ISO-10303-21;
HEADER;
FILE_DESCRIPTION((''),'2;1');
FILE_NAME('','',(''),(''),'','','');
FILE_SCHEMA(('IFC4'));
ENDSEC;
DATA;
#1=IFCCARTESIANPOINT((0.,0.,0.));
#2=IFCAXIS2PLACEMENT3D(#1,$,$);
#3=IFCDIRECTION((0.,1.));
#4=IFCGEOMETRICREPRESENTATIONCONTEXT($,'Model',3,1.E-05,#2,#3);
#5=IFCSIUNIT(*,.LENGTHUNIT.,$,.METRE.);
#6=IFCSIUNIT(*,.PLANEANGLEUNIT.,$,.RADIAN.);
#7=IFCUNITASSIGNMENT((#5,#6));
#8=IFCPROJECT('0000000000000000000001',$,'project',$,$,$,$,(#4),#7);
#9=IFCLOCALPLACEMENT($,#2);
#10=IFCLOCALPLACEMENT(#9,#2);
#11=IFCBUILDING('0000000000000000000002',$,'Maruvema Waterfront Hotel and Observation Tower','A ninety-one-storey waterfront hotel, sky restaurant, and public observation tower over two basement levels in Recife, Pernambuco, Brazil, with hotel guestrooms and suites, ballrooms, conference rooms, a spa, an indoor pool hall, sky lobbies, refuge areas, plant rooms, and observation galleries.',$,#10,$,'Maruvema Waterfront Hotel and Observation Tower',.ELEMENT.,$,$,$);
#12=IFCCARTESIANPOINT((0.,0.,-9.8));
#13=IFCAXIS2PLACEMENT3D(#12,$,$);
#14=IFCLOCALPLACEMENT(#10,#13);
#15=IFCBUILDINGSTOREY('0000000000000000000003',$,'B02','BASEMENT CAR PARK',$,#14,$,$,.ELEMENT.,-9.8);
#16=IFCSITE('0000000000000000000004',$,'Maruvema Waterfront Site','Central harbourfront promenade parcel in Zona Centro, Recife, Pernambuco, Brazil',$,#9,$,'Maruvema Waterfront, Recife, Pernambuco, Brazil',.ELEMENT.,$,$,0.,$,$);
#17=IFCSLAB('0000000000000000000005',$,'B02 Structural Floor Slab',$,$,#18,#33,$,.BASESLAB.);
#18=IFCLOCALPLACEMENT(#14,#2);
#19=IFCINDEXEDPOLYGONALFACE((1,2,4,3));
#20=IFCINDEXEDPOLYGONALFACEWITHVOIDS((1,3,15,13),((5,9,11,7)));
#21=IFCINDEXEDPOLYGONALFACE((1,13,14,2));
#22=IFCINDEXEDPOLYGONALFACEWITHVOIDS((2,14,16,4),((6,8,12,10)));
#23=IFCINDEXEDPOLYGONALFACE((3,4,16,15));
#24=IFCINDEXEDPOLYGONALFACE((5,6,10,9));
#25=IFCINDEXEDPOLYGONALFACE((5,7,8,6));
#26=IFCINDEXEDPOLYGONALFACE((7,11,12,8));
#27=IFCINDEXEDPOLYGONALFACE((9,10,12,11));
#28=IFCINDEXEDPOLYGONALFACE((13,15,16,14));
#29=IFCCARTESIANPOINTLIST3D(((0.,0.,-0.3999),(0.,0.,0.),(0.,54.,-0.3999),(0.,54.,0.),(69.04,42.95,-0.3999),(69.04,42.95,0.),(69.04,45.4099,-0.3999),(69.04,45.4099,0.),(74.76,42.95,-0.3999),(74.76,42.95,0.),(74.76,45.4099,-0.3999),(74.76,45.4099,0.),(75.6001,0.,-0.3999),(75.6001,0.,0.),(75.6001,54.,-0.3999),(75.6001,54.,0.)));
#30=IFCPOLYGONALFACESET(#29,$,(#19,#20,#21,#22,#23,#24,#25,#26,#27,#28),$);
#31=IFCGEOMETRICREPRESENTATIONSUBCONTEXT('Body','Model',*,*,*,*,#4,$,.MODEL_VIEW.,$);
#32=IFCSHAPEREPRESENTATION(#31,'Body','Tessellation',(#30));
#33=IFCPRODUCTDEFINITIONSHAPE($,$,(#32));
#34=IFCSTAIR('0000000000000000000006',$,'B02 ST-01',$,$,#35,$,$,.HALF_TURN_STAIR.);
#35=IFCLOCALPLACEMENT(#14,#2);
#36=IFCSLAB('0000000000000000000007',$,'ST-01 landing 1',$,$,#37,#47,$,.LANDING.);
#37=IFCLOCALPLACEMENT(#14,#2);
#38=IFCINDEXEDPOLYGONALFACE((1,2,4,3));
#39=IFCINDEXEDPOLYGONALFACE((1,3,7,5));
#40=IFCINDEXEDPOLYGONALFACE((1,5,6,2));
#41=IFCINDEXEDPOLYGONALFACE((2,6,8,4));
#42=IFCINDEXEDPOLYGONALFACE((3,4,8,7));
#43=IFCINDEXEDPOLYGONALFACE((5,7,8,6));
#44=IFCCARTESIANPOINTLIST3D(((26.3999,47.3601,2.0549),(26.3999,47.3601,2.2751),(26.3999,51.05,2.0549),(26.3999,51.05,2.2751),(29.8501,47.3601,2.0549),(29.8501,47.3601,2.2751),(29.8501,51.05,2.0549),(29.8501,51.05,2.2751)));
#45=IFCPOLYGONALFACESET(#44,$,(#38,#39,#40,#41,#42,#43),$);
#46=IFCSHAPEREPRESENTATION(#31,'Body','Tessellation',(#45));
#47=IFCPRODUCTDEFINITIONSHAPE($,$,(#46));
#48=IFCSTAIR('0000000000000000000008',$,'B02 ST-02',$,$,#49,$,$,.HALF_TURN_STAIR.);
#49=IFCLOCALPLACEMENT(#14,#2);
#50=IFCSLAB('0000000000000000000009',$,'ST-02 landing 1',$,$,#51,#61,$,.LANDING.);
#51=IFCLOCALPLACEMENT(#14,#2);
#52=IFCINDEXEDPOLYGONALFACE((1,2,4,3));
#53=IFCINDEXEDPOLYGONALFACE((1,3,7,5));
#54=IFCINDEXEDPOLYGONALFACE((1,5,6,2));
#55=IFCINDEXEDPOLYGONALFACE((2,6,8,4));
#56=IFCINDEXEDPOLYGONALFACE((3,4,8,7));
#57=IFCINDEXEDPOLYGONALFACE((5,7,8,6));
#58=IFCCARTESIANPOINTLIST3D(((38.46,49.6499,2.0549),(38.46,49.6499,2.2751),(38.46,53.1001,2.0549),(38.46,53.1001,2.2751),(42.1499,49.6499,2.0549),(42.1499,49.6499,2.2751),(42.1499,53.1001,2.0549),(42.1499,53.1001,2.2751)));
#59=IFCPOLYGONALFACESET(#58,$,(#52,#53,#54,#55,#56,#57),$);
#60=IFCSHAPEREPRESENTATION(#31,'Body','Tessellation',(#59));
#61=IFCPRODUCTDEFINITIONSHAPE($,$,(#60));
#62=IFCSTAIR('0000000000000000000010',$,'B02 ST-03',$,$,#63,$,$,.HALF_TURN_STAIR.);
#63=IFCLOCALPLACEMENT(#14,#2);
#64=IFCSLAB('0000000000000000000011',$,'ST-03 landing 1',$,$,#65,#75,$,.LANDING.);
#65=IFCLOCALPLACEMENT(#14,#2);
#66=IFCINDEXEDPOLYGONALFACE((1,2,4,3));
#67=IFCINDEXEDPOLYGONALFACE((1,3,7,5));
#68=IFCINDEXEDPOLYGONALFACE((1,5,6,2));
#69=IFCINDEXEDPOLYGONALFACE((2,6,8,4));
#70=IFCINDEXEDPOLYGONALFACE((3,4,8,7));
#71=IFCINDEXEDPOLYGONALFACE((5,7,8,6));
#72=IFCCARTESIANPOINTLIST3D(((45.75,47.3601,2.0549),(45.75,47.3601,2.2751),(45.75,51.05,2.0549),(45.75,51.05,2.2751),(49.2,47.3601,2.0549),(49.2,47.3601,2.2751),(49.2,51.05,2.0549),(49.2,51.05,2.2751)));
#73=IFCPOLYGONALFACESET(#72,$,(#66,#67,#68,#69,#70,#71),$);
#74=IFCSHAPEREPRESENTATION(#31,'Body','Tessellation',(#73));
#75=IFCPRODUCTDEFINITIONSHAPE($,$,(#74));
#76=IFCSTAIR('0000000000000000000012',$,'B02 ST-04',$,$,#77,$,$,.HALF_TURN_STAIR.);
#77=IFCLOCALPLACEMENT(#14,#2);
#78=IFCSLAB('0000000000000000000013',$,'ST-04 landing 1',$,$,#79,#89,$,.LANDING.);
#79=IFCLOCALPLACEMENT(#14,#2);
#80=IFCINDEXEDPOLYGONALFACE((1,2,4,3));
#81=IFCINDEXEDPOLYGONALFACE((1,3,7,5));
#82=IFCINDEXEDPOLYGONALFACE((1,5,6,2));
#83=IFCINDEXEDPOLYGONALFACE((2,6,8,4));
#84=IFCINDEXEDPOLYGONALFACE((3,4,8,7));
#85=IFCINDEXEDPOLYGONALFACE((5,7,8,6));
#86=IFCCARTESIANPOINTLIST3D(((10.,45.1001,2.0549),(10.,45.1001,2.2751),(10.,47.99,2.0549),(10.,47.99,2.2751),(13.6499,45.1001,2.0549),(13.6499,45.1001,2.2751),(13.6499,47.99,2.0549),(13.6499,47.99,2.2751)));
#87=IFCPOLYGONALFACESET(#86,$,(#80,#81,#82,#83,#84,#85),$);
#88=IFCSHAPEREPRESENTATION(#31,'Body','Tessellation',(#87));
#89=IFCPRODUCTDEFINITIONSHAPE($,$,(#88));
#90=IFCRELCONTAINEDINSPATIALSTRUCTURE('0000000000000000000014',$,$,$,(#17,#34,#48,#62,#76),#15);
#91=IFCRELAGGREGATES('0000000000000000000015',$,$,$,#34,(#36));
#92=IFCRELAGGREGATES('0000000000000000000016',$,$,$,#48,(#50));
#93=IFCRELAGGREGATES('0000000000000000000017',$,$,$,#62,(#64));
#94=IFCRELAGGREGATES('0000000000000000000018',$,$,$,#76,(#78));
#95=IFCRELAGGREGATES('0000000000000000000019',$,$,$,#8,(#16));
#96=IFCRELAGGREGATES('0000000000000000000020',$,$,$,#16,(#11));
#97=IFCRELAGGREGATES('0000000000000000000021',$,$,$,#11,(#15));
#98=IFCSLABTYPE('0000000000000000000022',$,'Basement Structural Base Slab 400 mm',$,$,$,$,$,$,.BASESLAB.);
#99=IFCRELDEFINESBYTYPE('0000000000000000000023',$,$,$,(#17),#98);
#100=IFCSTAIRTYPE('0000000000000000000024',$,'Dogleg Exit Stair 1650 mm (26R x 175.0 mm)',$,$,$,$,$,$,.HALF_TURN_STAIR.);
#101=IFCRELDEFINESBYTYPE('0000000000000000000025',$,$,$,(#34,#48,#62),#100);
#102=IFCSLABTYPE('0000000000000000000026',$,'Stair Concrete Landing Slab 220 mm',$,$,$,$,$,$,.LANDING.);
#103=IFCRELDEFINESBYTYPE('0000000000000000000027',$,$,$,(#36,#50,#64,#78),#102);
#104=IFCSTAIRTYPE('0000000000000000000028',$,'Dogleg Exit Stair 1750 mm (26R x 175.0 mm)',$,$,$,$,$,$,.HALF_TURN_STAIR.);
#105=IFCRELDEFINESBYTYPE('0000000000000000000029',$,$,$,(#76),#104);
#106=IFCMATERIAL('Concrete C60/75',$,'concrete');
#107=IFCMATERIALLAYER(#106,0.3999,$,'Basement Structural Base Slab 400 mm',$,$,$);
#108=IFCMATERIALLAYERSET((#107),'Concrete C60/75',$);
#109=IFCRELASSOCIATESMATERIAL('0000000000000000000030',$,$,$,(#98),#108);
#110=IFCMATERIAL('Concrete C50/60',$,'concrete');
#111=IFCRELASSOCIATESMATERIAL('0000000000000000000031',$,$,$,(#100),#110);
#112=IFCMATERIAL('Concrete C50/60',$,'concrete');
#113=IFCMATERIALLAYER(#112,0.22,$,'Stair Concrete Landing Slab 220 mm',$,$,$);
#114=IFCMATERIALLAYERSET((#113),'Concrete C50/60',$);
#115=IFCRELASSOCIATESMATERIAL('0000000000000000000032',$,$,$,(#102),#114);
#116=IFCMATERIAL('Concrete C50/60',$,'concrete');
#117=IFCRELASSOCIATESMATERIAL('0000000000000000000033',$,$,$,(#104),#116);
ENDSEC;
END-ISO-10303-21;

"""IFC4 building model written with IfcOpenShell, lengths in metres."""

from ifc_helpers import new_model, si_unit, direction, frame, origin, place, context, subcontext, project, spatial, polyline, outline, extrude, material, layer, layer_set, type_object, element, aggregate, save


model = new_model("IFC4")

# Units and contexts
model_context = context("Model", 3, precision=1e-05, world=origin(), true_north=direction((0.0, 1.0)))
body_context = subcontext(model_context, "Body", "Model", "MODEL_VIEW")
ifc_project = project(units=[si_unit("LENGTHUNIT", "METRE"), si_unit("PLANEANGLEUNIT", "RADIAN")], contexts=[model_context])

# Site, building, storey
site_placement = place(None, origin())
site = spatial("IfcSite", under=ifc_project, at=site_placement, Name="Maruvema Waterfront Site", Description="Central harbourfront promenade parcel in Zona Centro, Recife, Pernambuco, Brazil", LongName="Maruvema Waterfront, Recife, Pernambuco, Brazil", CompositionType="ELEMENT", RefElevation=0.0)
building_placement = place(site_placement, origin())
building = spatial("IfcBuilding", under=site, at=building_placement, Name="Maruvema Waterfront Hotel and Observation Tower", Description="A ninety-one-storey waterfront hotel, sky restaurant, and public observation tower over two basement levels in Recife, Pernambuco, Brazil, with hotel guestrooms and suites, ballrooms, conference rooms, a spa, an indoor pool hall, sky lobbies, refuge areas, plant rooms, and observation galleries.", LongName="Maruvema Waterfront Hotel and Observation Tower", CompositionType="ELEMENT")
storey_placement = place(building_placement, frame((0.0, 0.0, -9.8)))
storey = spatial("IfcBuildingStorey", under=building, at=storey_placement, Name="B02", Description="BASEMENT CAR PARK", CompositionType="ELEMENT", Elevation=-9.8)

# Slab
ifc_material_1 = material(Name="Concrete C60/75", Category="concrete")
ifc_layer_1 = layer(ifc_material_1, 0.3999, Name="Basement Structural Base Slab 400 mm")
ifc_layer_set_1 = layer_set([ifc_layer_1], Name="Concrete C60/75")
slab_type_1 = type_object("IfcSlabType", Name="Basement Structural Base Slab 400 mm", PredefinedType="BASESLAB", material=ifc_layer_set_1)
slab_1_placement = place(storey_placement, frame((0.0, 0.0, -0.3999)))
element("IfcSlab", 1, at=slab_1_placement, inside=storey, type_object=slab_type_1, Name="B02 Structural Floor Slab", PredefinedType="BASESLAB", context=body_context, shape_type="SweptSolid", body=[
    extrude(outline(polyline([(0.0, 0.0), (75.6001, 0.0), (75.6001, 54.0), (0.0, 54.0), (0.0, 0.0)]), holes=[polyline([(69.04, 42.95), (74.76, 42.95), (74.76, 45.4099), (69.04, 45.4099), (69.04, 42.95)])]), origin(), (0.0, 0.0, 1.0), 0.3999),
])

# Stairs, slabs
ifc_material_2 = material(Name="Concrete C50/60", Category="concrete")
stair_type_1 = type_object("IfcStairType", Name="Dogleg Exit Stair 1650 mm (26R x 175.0 mm)", PredefinedType="HALF_TURN_STAIR", material=ifc_material_2)
stair_1_placement = place(storey_placement, origin())
stair_1 = element("IfcStair", 2, at=stair_1_placement, inside=storey, type_object=stair_type_1, Name="B02 ST-01", PredefinedType="HALF_TURN_STAIR")
ifc_material_3 = material(Name="Concrete C50/60", Category="concrete")
ifc_layer_2 = layer(ifc_material_3, 0.22, Name="Stair Concrete Landing Slab 220 mm")
ifc_layer_set_2 = layer_set([ifc_layer_2], Name="Concrete C50/60")
slab_type_2 = type_object("IfcSlabType", Name="Stair Concrete Landing Slab 220 mm", PredefinedType="LANDING", material=ifc_layer_set_2)
slab_2_placement = place(storey_placement, frame((0.0, 0.0, 2.0549)))
slab_2 = element("IfcSlab", 3, at=slab_2_placement, type_object=slab_type_2, Name="ST-01 landing 1", PredefinedType="LANDING", context=body_context, shape_type="SweptSolid", body=[
    extrude(outline(polyline([(29.8501, 47.3601), (29.8501, 51.05), (26.3999, 51.05), (26.3999, 47.3601), (29.8501, 47.3601)])), origin(), (0.0, 0.0, 1.0), 0.2202),
])
aggregate(stair_1, [slab_2])
stair_2_placement = place(storey_placement, origin())
stair_2 = element("IfcStair", 4, at=stair_2_placement, inside=storey, type_object=stair_type_1, Name="B02 ST-02", PredefinedType="HALF_TURN_STAIR")
slab_3_placement = place(storey_placement, frame((0.0, 0.0, 2.0549)))
slab_3 = element("IfcSlab", 5, at=slab_3_placement, type_object=slab_type_2, Name="ST-02 landing 1", PredefinedType="LANDING", context=body_context, shape_type="SweptSolid", body=[
    extrude(outline(polyline([(38.46, 49.6499), (42.1499, 49.6499), (42.1499, 53.1001), (38.46, 53.1001), (38.46, 49.6499)])), origin(), (0.0, 0.0, 1.0), 0.2202),
])
aggregate(stair_2, [slab_3])
stair_3_placement = place(storey_placement, origin())
stair_3 = element("IfcStair", 6, at=stair_3_placement, inside=storey, type_object=stair_type_1, Name="B02 ST-03", PredefinedType="HALF_TURN_STAIR")
slab_4_placement = place(storey_placement, frame((0.0, 0.0, 2.0549)))
slab_4 = element("IfcSlab", 7, at=slab_4_placement, type_object=slab_type_2, Name="ST-03 landing 1", PredefinedType="LANDING", context=body_context, shape_type="SweptSolid", body=[
    extrude(outline(polyline([(49.2, 47.3601), (49.2, 51.05), (45.75, 51.05), (45.75, 47.3601), (49.2, 47.3601)])), origin(), (0.0, 0.0, 1.0), 0.2202),
])
aggregate(stair_3, [slab_4])
ifc_material_4 = material(Name="Concrete C50/60", Category="concrete")
stair_type_2 = type_object("IfcStairType", Name="Dogleg Exit Stair 1750 mm (26R x 175.0 mm)", PredefinedType="HALF_TURN_STAIR", material=ifc_material_4)
stair_4_placement = place(storey_placement, origin())
stair_4 = element("IfcStair", 8, at=stair_4_placement, inside=storey, type_object=stair_type_2, Name="B02 ST-04", PredefinedType="HALF_TURN_STAIR")
slab_5_placement = place(storey_placement, frame((0.0, 0.0, 2.0549)))
slab_5 = element("IfcSlab", 9, at=slab_5_placement, type_object=slab_type_2, Name="ST-04 landing 1", PredefinedType="LANDING", context=body_context, shape_type="SweptSolid", body=[
    extrude(outline(polyline([(10.0, 47.99), (10.0, 45.1001), (13.6499, 45.1001), (13.6499, 47.99), (10.0, 47.99)])), origin(), (0.0, 0.0, 1.0), 0.2202),
])
aggregate(stair_4, [slab_5])

save(model, "model.ifc")
